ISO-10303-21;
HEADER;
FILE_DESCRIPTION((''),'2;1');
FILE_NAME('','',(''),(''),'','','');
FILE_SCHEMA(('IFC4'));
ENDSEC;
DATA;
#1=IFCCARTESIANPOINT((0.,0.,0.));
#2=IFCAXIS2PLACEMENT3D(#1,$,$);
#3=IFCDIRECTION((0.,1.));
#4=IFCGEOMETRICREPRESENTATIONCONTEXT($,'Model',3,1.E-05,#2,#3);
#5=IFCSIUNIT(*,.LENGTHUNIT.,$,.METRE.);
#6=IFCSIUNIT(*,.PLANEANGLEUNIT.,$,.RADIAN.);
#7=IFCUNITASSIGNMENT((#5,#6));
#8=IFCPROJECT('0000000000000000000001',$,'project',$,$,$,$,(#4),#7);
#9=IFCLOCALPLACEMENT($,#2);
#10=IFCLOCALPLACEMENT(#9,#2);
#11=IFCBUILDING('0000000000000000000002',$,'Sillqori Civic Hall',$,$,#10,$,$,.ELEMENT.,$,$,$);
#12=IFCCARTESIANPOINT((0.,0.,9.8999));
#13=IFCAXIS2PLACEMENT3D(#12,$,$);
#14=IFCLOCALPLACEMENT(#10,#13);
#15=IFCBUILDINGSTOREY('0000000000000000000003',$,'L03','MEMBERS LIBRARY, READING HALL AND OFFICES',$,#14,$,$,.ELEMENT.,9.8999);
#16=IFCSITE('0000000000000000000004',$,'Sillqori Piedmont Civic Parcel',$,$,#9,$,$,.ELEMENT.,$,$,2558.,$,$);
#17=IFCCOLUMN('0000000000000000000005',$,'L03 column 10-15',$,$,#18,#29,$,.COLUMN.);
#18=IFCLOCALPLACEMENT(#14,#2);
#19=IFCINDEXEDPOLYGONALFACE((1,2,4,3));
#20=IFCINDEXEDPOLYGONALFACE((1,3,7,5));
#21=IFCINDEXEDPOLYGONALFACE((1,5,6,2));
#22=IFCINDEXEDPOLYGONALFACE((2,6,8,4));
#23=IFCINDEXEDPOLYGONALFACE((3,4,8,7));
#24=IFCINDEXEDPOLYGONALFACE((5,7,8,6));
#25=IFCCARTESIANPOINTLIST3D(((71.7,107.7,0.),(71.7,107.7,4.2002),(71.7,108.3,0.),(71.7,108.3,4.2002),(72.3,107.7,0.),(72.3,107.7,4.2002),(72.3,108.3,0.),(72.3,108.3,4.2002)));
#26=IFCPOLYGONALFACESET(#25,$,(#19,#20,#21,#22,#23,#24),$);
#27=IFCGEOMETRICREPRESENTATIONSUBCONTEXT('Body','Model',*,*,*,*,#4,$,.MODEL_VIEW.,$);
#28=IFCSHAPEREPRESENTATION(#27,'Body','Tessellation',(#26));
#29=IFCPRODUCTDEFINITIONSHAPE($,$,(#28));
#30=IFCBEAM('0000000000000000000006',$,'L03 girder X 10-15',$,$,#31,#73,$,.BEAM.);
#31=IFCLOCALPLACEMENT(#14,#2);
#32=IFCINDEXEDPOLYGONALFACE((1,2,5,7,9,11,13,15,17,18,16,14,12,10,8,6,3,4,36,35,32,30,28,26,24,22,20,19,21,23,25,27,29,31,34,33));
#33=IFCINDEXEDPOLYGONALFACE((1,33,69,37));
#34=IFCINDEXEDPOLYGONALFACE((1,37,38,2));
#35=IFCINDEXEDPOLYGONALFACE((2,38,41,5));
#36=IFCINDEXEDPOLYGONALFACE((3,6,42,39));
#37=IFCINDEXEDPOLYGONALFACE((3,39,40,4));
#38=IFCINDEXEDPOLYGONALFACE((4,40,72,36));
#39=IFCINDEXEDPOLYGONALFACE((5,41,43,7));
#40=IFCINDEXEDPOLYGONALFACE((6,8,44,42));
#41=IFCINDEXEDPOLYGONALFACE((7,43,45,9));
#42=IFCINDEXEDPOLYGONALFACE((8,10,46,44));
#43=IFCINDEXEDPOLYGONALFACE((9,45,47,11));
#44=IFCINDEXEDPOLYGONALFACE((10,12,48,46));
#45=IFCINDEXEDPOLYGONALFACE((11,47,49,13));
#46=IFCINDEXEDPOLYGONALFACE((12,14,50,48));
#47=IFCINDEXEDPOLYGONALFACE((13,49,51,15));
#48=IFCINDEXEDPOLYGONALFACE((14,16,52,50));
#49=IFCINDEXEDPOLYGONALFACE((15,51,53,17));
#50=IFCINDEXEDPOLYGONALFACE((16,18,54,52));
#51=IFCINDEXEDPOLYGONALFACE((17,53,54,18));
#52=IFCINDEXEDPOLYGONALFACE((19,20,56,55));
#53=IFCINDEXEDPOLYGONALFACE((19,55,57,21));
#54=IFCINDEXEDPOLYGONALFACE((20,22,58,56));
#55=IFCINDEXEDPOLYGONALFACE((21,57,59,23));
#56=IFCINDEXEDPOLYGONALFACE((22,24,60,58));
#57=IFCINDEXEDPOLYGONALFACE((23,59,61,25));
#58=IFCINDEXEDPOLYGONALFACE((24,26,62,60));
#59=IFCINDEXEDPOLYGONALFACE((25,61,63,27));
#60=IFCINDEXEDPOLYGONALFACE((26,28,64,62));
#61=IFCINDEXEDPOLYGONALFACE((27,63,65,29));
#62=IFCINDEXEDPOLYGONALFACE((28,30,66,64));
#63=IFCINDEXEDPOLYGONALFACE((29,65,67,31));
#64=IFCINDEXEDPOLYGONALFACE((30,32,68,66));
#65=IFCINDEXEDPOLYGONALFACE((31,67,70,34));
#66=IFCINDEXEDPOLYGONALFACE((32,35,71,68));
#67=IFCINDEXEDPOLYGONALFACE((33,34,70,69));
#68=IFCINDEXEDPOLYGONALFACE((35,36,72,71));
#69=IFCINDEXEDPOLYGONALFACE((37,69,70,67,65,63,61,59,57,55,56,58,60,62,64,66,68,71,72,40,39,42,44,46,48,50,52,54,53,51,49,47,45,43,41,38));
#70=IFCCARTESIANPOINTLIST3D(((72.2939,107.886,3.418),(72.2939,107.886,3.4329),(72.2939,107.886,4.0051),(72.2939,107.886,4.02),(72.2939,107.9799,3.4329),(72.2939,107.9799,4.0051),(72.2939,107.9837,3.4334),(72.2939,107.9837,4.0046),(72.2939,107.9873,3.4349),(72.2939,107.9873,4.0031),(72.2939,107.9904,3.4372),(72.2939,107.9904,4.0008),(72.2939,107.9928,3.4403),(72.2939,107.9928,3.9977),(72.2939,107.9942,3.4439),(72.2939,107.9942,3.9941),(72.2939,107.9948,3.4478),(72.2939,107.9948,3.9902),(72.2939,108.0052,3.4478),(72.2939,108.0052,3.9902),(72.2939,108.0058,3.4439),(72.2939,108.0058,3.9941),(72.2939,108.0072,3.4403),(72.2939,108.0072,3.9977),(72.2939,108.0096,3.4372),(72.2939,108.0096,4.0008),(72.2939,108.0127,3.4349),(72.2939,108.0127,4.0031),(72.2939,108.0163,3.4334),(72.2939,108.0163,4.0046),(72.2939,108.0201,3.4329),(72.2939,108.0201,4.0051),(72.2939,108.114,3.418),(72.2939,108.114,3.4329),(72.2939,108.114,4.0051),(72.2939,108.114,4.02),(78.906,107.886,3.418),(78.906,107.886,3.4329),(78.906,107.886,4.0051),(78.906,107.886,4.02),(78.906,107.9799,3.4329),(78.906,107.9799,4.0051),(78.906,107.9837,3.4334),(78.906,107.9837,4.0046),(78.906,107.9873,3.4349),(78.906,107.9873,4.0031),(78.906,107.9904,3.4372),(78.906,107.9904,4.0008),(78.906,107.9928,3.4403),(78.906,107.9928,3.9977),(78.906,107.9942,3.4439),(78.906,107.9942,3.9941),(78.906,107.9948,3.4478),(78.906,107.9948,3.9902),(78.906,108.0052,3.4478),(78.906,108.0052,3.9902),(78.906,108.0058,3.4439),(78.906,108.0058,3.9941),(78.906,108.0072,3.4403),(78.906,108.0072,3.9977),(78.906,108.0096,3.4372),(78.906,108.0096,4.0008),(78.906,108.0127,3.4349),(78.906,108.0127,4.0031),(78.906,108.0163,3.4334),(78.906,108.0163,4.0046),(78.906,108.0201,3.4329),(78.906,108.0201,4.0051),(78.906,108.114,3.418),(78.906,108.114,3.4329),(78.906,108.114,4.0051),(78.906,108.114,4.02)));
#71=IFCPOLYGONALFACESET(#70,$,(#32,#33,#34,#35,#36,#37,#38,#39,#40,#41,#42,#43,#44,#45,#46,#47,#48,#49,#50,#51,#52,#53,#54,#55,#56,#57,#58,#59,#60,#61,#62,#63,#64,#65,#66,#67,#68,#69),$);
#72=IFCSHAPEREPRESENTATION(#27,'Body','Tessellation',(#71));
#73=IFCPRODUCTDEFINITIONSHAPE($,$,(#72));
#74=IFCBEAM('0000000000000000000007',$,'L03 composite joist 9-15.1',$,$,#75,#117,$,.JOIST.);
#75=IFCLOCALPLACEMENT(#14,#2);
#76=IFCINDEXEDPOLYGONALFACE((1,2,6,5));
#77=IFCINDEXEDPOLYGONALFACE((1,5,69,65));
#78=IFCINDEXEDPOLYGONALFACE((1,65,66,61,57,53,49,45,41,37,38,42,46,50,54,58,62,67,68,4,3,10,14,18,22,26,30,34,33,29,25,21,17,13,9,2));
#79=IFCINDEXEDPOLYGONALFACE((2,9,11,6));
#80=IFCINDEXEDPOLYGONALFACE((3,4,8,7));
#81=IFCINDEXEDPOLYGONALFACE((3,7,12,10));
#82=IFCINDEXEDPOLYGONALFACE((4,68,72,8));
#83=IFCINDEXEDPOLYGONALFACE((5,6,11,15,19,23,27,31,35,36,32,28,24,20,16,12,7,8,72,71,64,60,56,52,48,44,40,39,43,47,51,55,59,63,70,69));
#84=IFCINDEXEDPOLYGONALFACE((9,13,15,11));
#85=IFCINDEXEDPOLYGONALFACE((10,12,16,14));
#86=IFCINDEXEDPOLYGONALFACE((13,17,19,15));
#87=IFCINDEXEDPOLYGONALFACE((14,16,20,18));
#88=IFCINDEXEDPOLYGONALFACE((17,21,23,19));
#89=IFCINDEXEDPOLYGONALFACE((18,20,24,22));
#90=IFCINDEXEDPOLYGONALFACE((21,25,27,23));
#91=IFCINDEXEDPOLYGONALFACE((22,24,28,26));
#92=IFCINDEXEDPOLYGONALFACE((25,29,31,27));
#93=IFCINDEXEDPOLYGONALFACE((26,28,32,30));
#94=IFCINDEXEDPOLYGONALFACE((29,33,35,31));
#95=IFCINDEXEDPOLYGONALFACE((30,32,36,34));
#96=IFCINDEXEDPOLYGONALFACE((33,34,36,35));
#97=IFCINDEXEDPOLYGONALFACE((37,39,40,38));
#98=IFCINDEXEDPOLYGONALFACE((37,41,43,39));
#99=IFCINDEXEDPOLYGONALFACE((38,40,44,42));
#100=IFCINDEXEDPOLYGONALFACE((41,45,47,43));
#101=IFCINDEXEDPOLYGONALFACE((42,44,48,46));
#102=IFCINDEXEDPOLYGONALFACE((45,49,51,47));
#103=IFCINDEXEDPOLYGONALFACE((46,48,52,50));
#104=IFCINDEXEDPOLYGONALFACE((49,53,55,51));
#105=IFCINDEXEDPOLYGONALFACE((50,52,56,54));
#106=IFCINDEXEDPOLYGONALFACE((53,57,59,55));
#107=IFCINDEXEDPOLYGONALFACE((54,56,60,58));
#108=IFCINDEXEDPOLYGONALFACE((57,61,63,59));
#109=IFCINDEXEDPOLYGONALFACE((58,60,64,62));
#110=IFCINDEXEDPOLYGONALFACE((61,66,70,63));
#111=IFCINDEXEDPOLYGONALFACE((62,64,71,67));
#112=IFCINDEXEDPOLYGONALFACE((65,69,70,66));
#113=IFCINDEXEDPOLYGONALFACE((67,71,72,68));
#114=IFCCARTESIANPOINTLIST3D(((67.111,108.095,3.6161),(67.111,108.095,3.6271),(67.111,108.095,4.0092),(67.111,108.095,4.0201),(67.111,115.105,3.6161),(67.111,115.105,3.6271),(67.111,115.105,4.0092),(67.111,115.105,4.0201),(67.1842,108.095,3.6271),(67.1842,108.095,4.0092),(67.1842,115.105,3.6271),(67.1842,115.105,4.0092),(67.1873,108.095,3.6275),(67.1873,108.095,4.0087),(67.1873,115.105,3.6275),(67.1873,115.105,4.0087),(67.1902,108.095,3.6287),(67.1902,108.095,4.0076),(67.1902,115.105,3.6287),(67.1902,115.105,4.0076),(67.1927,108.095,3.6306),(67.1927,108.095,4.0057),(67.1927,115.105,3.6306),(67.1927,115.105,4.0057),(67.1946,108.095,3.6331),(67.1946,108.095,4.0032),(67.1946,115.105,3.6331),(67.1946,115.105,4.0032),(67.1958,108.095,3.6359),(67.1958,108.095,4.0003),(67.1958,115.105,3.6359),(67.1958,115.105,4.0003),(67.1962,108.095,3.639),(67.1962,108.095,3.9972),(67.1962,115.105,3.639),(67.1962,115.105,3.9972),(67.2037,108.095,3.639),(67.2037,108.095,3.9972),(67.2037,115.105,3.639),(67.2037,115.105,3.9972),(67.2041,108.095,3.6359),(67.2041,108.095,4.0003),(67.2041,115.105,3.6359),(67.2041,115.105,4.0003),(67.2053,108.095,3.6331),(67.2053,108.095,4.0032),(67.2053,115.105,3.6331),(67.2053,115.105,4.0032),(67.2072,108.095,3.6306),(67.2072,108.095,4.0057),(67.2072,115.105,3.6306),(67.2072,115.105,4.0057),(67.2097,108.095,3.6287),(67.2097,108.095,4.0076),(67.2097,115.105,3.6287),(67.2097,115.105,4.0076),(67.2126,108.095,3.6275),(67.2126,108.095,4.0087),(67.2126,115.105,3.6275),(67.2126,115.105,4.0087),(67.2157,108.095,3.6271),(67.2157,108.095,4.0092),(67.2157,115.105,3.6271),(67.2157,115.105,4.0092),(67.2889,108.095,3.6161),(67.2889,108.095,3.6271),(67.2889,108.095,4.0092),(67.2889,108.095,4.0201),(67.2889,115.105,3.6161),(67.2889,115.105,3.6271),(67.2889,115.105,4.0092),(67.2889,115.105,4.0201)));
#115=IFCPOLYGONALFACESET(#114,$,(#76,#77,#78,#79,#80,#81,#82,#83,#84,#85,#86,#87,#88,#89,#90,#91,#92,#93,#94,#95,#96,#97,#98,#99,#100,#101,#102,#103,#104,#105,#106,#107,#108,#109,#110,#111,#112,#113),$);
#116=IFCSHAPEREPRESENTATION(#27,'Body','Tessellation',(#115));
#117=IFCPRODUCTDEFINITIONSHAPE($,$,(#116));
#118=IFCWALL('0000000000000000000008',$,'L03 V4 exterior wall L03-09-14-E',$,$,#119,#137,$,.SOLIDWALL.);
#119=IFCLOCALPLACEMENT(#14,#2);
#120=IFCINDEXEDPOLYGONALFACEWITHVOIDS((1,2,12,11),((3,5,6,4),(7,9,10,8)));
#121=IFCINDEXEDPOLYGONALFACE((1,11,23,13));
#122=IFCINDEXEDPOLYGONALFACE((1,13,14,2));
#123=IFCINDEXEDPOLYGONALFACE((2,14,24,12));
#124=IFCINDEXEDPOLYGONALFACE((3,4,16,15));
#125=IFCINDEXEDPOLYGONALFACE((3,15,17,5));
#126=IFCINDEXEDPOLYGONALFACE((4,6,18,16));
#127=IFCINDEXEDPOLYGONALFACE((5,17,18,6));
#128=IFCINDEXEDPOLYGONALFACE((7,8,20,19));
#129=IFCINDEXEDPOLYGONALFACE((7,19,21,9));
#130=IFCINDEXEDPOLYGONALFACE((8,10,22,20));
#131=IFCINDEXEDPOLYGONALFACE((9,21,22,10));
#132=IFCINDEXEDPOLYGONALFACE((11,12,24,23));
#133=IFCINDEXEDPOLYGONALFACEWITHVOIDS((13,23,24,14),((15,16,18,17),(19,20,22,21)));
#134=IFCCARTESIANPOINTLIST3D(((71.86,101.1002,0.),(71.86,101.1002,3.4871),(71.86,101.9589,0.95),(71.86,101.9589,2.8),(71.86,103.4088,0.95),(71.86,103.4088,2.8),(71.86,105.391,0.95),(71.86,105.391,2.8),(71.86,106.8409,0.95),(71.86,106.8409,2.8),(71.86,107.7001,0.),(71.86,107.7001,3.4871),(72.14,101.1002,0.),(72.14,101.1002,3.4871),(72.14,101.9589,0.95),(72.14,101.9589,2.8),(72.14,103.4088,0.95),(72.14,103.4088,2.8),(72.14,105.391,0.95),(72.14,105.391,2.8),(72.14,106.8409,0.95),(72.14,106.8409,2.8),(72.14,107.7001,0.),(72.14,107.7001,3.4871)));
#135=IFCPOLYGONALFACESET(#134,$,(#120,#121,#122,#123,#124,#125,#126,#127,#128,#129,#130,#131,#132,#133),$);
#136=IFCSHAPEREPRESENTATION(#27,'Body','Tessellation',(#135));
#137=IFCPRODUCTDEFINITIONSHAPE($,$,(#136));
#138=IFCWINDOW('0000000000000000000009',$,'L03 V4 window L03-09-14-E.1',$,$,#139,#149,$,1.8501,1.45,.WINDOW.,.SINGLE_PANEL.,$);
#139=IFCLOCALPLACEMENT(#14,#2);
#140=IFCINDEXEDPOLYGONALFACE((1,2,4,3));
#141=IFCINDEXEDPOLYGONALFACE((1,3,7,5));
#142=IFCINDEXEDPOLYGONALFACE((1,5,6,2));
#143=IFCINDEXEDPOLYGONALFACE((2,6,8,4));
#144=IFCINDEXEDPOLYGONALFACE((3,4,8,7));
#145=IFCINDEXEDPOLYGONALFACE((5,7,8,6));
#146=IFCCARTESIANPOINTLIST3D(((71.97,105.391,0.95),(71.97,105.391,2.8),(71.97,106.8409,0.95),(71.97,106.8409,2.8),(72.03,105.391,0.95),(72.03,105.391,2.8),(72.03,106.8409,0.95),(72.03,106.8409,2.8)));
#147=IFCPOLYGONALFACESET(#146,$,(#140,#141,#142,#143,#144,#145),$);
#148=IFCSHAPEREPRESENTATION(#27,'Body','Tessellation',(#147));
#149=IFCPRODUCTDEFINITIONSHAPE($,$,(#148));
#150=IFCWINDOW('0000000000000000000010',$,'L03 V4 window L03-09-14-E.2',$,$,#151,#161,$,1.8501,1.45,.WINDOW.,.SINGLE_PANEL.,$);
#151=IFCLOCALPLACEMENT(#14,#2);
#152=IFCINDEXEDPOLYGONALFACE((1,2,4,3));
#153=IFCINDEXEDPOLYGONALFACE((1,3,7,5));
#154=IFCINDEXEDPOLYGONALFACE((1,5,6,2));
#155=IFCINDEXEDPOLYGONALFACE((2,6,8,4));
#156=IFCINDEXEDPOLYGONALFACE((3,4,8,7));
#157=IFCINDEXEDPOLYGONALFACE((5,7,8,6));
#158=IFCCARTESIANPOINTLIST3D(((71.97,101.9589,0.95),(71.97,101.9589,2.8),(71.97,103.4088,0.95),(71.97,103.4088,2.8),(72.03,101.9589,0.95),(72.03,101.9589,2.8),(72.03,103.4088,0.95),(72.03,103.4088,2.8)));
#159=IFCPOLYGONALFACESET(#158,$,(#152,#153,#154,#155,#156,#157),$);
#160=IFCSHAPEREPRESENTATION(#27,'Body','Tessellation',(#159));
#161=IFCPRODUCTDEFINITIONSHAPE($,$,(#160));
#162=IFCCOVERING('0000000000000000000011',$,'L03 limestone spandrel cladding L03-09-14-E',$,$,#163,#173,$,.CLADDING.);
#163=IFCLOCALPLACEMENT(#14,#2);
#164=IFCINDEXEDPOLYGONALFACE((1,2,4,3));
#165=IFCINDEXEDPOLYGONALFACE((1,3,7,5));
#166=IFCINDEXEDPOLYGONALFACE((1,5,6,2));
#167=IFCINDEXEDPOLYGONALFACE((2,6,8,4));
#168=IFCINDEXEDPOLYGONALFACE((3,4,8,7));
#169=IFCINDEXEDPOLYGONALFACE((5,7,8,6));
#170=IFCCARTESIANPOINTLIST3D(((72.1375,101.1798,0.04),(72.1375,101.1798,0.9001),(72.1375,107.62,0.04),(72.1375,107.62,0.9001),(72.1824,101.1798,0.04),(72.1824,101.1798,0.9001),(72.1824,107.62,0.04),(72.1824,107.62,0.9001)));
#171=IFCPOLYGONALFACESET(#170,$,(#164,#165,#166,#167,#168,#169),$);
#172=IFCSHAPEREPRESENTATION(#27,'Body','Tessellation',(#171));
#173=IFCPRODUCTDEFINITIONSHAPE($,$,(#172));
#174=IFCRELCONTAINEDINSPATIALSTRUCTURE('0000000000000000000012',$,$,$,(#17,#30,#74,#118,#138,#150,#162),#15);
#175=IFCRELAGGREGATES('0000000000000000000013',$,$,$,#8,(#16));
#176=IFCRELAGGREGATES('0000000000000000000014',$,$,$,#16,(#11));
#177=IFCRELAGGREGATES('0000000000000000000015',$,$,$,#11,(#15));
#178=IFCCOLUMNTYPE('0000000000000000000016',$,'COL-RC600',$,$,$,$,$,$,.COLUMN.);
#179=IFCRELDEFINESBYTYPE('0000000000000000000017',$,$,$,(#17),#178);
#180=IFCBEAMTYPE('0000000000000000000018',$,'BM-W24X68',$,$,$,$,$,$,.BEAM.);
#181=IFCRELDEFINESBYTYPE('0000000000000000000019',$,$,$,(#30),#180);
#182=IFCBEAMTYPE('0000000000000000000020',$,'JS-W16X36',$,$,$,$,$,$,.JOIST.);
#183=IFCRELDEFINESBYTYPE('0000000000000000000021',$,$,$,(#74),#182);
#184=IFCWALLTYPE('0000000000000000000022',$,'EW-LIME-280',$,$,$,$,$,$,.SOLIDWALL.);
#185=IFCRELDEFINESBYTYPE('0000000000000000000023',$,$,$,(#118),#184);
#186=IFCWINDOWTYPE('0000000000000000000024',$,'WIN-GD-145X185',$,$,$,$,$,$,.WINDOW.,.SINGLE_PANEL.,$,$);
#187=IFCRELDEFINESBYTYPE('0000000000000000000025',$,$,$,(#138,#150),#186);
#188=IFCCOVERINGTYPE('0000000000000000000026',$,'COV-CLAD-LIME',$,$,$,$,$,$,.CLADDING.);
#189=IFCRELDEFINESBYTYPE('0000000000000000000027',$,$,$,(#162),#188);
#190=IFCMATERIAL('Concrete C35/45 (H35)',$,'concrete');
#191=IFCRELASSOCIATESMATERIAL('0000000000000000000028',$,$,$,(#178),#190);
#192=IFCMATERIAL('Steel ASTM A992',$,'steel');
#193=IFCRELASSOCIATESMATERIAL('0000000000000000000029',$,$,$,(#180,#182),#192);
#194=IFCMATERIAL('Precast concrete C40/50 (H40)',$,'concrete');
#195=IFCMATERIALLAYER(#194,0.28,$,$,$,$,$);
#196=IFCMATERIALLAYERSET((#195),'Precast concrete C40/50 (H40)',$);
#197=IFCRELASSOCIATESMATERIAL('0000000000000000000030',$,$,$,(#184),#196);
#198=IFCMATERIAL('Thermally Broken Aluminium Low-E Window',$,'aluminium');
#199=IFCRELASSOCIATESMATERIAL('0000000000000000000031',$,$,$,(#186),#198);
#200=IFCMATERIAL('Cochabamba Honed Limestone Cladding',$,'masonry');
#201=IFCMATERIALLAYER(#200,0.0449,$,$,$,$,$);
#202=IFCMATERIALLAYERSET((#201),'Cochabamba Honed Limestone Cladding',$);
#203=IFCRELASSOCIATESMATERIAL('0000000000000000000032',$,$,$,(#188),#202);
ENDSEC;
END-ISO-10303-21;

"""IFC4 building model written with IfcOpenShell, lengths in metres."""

from ifc_helpers import new_model, si_unit, direction, frame, frame_2d, origin, origin_2d, place, context, subcontext, project, spatial, rectangle, i_section, extrude, material, layer, layer_set, material_profile, profile_set, type_object, element, fill, save


model = new_model("IFC4")

# Units and contexts
model_context = context("Model", 3, precision=1e-05, world=origin(), true_north=direction((0.0, 1.0)))
body_context = subcontext(model_context, "Body", "Model", "MODEL_VIEW")
ifc_project = project(units=[si_unit("LENGTHUNIT", "METRE"), si_unit("PLANEANGLEUNIT", "RADIAN")], contexts=[model_context])

# Site, building, storey
site_placement = place(None, origin())
site = spatial("IfcSite", under=ifc_project, at=site_placement, Name="Sillqori Piedmont Civic Parcel", CompositionType="ELEMENT", RefElevation=2558.0)
building_placement = place(site_placement, origin())
building = spatial("IfcBuilding", under=site, at=building_placement, Name="Sillqori Civic Hall", CompositionType="ELEMENT")
storey_placement = place(building_placement, frame((0.0, 0.0, 9.8999)))
storey = spatial("IfcBuildingStorey", under=building, at=storey_placement, Name="L03", Description="MEMBERS LIBRARY, READING HALL AND OFFICES", CompositionType="ELEMENT", Elevation=9.8999)

# Column
ifc_material_1 = material(Name="Concrete C35/45 (H35)", Category="concrete")
ifc_material_profile_1 = material_profile(ifc_material_1, rectangle(XDim=0.6001, YDim=0.6001, at=origin_2d()), Name="RC 600x600")
ifc_profile_set_1 = profile_set([ifc_material_profile_1], Name="Concrete C35/45 (H35)")
column_type = type_object("IfcColumnType", Name="COL-RC600", PredefinedType="COLUMN", material=ifc_profile_set_1)
column_placement = place(storey_placement, frame((72.0, 108.0, 0.0), z_axis=(0.0, 0.0, 1.0), x_axis=(1.0, 0.0, 0.0)))
element("IfcColumn", 1, at=column_placement, inside=storey, type_object=column_type, Name="L03 column 10-15", PredefinedType="COLUMN", context=body_context, shape_type="SweptSolid", body=[
    extrude(rectangle(XDim=0.6001, YDim=0.6001, at=origin_2d()), origin(), (0.0, 0.0, 1.0), 4.2002),
])

# Beams
ifc_material_2 = material(Name="Steel ASTM A992", Category="steel")
ifc_material_profile_2 = material_profile(ifc_material_2, i_section(OverallWidth=0.228, OverallDepth=0.6021, WebThickness=0.0105, FlangeThickness=0.0149, FilletRadius=0.0149, at=origin_2d()), Name="W24X68")
ifc_profile_set_2 = profile_set([ifc_material_profile_2], Name="Steel ASTM A992")
beam_type_1 = type_object("IfcBeamType", Name="BM-W24X68", PredefinedType="BEAM", material=ifc_profile_set_2)
beam_1_placement = place(storey_placement, frame((72.2939, 108.0, 3.719), z_axis=(1.0, 0.0, 0.0), x_axis=(0.0, 1.0, 0.0)))
element("IfcBeam", 2, at=beam_1_placement, inside=storey, type_object=beam_type_1, Name="L03 girder X 10-15", PredefinedType="BEAM", context=body_context, shape_type="SweptSolid", body=[
    extrude(i_section(OverallWidth=0.228, OverallDepth=0.6021, WebThickness=0.0105, FlangeThickness=0.0149, FilletRadius=0.0149, at=origin_2d()), origin(), (0.0, 0.0, 1.0), 6.6121),
])
ifc_material_profile_3 = material_profile(ifc_material_2, i_section(OverallWidth=0.178, OverallDepth=0.4041, WebThickness=0.0076, FlangeThickness=0.011, FilletRadius=0.012, at=origin_2d()), Name="W16X36")
ifc_profile_set_3 = profile_set([ifc_material_profile_3], Name="Steel ASTM A992")
beam_type_2 = type_object("IfcBeamType", Name="JS-W16X36", PredefinedType="JOIST", material=ifc_profile_set_3)
beam_2_placement = place(storey_placement, frame((67.2, 108.095, 3.8181), z_axis=(0.0, 1.0, 0.0), x_axis=(-1.0, 0.0, 0.0)))
element("IfcBeam", 3, at=beam_2_placement, inside=storey, type_object=beam_type_2, Name="L03 composite joist 9-15.1", PredefinedType="JOIST", context=body_context, shape_type="SweptSolid", body=[
    extrude(i_section(OverallWidth=0.178, OverallDepth=0.4041, WebThickness=0.0076, FlangeThickness=0.011, FilletRadius=0.012, at=origin_2d()), origin(), (0.0, 0.0, 1.0), 7.01),
])

# Wall, openings, windows
ifc_material_3 = material(Name="Precast concrete C40/50 (H40)", Category="concrete")
ifc_layer_1 = layer(ifc_material_3, 0.28)
ifc_layer_set_1 = layer_set([ifc_layer_1], Name="Precast concrete C40/50 (H40)")
wall_type = type_object("IfcWallType", Name="EW-LIME-280", PredefinedType="SOLIDWALL", material=ifc_layer_set_1)
wall_placement = place(storey_placement, frame((72.0, 107.7, 0.0), z_axis=(0.0, 0.0, 1.0), x_axis=(0.0, -1.0, 0.0)))
wall = element("IfcWall", 4, at=wall_placement, inside=storey, type_object=wall_type, Name="L03 V4 exterior wall L03-09-14-E", PredefinedType="SOLIDWALL", context=body_context, shape_type="SweptSolid", body=[
    extrude(rectangle(XDim=6.5999, YDim=0.28, at=frame_2d((3.2998, 0.0))), origin(), (0.0, 0.0, 1.0), 3.4871),
])
opening_1_placement = place(wall_placement, frame((0.8589, 0.0, 0.95)))
opening_1 = element("IfcOpeningElement", 5, at=opening_1_placement, cuts=wall, PredefinedType="OPENING", context=body_context, shape_type="SweptSolid", body=[
    extrude(rectangle(XDim=1.45, YDim=1.8501, at=frame_2d((0.7251, 0.925))), frame((0.0, 0.1499, 0.0), z_axis=(0.0, -1.0, 0.0), x_axis=(1.0, 0.0, 0.0)), (0.0, 0.0, 1.0), 0.3),
])
opening_2_placement = place(wall_placement, frame((4.291, 0.0, 0.95)))
opening_2 = element("IfcOpeningElement", 6, at=opening_2_placement, cuts=wall, PredefinedType="OPENING", context=body_context, shape_type="SweptSolid", body=[
    extrude(rectangle(XDim=1.45, YDim=1.8501, at=frame_2d((0.7251, 0.925))), frame((0.0, 0.1499, 0.0), z_axis=(0.0, -1.0, 0.0), x_axis=(1.0, 0.0, 0.0)), (0.0, 0.0, 1.0), 0.3),
])
ifc_material_4 = material(Name="Thermally Broken Aluminium Low-E Window", Category="aluminium")
window_type = type_object("IfcWindowType", Name="WIN-GD-145X185", PartitioningType="SINGLE_PANEL", PredefinedType="WINDOW", material=ifc_material_4)
window_1_placement = place(opening_1_placement, origin())
window_1 = element("IfcWindow", 7, at=window_1_placement, inside=storey, type_object=window_type, Name="L03 V4 window L03-09-14-E.1", OverallHeight=1.8501, OverallWidth=1.45, PartitioningType="SINGLE_PANEL", PredefinedType="WINDOW", context=body_context, shape_type="SweptSolid", body=[
    extrude(rectangle(XDim=1.45, YDim=1.8501, at=frame_2d((0.7251, 0.925))), frame((0.0, 0.03, 0.0), z_axis=(0.0, -1.0, 0.0), x_axis=(1.0, 0.0, 0.0)), (0.0, 0.0, 1.0), 0.0601),
])
fill(opening_1, window_1)
window_2_placement = place(opening_2_placement, origin())
window_2 = element("IfcWindow", 8, at=window_2_placement, inside=storey, type_object=window_type, Name="L03 V4 window L03-09-14-E.2", OverallHeight=1.8501, OverallWidth=1.45, PartitioningType="SINGLE_PANEL", PredefinedType="WINDOW", context=body_context, shape_type="SweptSolid", body=[
    extrude(rectangle(XDim=1.45, YDim=1.8501, at=frame_2d((0.7251, 0.925))), frame((0.0, 0.03, 0.0), z_axis=(0.0, -1.0, 0.0), x_axis=(1.0, 0.0, 0.0)), (0.0, 0.0, 1.0), 0.0601),
])
fill(opening_2, window_2)

# Covering
ifc_material_5 = material(Name="Cochabamba Honed Limestone Cladding", Category="masonry")
ifc_layer_2 = layer(ifc_material_5, 0.0449)
ifc_layer_set_2 = layer_set([ifc_layer_2], Name="Cochabamba Honed Limestone Cladding")
covering_type = type_object("IfcCoveringType", Name="COV-CLAD-LIME", PredefinedType="CLADDING", material=ifc_layer_set_2)
covering_1_placement = place(storey_placement, frame((72.1599, 107.6201, 0.04), z_axis=(0.0, 0.0, 1.0), x_axis=(0.0, -1.0, 0.0)))
element("IfcCovering", 9, at=covering_1_placement, inside=storey, type_object=covering_type, Name="L03 limestone spandrel cladding L03-09-14-E", PredefinedType="CLADDING", context=body_context, shape_type="SweptSolid", body=[
    extrude(rectangle(XDim=6.4402, YDim=0.0449, at=frame_2d((3.2202, 0.0))), origin(), (0.0, 0.0, 1.0), 0.8601),
])

save(model, "model.ifc")
